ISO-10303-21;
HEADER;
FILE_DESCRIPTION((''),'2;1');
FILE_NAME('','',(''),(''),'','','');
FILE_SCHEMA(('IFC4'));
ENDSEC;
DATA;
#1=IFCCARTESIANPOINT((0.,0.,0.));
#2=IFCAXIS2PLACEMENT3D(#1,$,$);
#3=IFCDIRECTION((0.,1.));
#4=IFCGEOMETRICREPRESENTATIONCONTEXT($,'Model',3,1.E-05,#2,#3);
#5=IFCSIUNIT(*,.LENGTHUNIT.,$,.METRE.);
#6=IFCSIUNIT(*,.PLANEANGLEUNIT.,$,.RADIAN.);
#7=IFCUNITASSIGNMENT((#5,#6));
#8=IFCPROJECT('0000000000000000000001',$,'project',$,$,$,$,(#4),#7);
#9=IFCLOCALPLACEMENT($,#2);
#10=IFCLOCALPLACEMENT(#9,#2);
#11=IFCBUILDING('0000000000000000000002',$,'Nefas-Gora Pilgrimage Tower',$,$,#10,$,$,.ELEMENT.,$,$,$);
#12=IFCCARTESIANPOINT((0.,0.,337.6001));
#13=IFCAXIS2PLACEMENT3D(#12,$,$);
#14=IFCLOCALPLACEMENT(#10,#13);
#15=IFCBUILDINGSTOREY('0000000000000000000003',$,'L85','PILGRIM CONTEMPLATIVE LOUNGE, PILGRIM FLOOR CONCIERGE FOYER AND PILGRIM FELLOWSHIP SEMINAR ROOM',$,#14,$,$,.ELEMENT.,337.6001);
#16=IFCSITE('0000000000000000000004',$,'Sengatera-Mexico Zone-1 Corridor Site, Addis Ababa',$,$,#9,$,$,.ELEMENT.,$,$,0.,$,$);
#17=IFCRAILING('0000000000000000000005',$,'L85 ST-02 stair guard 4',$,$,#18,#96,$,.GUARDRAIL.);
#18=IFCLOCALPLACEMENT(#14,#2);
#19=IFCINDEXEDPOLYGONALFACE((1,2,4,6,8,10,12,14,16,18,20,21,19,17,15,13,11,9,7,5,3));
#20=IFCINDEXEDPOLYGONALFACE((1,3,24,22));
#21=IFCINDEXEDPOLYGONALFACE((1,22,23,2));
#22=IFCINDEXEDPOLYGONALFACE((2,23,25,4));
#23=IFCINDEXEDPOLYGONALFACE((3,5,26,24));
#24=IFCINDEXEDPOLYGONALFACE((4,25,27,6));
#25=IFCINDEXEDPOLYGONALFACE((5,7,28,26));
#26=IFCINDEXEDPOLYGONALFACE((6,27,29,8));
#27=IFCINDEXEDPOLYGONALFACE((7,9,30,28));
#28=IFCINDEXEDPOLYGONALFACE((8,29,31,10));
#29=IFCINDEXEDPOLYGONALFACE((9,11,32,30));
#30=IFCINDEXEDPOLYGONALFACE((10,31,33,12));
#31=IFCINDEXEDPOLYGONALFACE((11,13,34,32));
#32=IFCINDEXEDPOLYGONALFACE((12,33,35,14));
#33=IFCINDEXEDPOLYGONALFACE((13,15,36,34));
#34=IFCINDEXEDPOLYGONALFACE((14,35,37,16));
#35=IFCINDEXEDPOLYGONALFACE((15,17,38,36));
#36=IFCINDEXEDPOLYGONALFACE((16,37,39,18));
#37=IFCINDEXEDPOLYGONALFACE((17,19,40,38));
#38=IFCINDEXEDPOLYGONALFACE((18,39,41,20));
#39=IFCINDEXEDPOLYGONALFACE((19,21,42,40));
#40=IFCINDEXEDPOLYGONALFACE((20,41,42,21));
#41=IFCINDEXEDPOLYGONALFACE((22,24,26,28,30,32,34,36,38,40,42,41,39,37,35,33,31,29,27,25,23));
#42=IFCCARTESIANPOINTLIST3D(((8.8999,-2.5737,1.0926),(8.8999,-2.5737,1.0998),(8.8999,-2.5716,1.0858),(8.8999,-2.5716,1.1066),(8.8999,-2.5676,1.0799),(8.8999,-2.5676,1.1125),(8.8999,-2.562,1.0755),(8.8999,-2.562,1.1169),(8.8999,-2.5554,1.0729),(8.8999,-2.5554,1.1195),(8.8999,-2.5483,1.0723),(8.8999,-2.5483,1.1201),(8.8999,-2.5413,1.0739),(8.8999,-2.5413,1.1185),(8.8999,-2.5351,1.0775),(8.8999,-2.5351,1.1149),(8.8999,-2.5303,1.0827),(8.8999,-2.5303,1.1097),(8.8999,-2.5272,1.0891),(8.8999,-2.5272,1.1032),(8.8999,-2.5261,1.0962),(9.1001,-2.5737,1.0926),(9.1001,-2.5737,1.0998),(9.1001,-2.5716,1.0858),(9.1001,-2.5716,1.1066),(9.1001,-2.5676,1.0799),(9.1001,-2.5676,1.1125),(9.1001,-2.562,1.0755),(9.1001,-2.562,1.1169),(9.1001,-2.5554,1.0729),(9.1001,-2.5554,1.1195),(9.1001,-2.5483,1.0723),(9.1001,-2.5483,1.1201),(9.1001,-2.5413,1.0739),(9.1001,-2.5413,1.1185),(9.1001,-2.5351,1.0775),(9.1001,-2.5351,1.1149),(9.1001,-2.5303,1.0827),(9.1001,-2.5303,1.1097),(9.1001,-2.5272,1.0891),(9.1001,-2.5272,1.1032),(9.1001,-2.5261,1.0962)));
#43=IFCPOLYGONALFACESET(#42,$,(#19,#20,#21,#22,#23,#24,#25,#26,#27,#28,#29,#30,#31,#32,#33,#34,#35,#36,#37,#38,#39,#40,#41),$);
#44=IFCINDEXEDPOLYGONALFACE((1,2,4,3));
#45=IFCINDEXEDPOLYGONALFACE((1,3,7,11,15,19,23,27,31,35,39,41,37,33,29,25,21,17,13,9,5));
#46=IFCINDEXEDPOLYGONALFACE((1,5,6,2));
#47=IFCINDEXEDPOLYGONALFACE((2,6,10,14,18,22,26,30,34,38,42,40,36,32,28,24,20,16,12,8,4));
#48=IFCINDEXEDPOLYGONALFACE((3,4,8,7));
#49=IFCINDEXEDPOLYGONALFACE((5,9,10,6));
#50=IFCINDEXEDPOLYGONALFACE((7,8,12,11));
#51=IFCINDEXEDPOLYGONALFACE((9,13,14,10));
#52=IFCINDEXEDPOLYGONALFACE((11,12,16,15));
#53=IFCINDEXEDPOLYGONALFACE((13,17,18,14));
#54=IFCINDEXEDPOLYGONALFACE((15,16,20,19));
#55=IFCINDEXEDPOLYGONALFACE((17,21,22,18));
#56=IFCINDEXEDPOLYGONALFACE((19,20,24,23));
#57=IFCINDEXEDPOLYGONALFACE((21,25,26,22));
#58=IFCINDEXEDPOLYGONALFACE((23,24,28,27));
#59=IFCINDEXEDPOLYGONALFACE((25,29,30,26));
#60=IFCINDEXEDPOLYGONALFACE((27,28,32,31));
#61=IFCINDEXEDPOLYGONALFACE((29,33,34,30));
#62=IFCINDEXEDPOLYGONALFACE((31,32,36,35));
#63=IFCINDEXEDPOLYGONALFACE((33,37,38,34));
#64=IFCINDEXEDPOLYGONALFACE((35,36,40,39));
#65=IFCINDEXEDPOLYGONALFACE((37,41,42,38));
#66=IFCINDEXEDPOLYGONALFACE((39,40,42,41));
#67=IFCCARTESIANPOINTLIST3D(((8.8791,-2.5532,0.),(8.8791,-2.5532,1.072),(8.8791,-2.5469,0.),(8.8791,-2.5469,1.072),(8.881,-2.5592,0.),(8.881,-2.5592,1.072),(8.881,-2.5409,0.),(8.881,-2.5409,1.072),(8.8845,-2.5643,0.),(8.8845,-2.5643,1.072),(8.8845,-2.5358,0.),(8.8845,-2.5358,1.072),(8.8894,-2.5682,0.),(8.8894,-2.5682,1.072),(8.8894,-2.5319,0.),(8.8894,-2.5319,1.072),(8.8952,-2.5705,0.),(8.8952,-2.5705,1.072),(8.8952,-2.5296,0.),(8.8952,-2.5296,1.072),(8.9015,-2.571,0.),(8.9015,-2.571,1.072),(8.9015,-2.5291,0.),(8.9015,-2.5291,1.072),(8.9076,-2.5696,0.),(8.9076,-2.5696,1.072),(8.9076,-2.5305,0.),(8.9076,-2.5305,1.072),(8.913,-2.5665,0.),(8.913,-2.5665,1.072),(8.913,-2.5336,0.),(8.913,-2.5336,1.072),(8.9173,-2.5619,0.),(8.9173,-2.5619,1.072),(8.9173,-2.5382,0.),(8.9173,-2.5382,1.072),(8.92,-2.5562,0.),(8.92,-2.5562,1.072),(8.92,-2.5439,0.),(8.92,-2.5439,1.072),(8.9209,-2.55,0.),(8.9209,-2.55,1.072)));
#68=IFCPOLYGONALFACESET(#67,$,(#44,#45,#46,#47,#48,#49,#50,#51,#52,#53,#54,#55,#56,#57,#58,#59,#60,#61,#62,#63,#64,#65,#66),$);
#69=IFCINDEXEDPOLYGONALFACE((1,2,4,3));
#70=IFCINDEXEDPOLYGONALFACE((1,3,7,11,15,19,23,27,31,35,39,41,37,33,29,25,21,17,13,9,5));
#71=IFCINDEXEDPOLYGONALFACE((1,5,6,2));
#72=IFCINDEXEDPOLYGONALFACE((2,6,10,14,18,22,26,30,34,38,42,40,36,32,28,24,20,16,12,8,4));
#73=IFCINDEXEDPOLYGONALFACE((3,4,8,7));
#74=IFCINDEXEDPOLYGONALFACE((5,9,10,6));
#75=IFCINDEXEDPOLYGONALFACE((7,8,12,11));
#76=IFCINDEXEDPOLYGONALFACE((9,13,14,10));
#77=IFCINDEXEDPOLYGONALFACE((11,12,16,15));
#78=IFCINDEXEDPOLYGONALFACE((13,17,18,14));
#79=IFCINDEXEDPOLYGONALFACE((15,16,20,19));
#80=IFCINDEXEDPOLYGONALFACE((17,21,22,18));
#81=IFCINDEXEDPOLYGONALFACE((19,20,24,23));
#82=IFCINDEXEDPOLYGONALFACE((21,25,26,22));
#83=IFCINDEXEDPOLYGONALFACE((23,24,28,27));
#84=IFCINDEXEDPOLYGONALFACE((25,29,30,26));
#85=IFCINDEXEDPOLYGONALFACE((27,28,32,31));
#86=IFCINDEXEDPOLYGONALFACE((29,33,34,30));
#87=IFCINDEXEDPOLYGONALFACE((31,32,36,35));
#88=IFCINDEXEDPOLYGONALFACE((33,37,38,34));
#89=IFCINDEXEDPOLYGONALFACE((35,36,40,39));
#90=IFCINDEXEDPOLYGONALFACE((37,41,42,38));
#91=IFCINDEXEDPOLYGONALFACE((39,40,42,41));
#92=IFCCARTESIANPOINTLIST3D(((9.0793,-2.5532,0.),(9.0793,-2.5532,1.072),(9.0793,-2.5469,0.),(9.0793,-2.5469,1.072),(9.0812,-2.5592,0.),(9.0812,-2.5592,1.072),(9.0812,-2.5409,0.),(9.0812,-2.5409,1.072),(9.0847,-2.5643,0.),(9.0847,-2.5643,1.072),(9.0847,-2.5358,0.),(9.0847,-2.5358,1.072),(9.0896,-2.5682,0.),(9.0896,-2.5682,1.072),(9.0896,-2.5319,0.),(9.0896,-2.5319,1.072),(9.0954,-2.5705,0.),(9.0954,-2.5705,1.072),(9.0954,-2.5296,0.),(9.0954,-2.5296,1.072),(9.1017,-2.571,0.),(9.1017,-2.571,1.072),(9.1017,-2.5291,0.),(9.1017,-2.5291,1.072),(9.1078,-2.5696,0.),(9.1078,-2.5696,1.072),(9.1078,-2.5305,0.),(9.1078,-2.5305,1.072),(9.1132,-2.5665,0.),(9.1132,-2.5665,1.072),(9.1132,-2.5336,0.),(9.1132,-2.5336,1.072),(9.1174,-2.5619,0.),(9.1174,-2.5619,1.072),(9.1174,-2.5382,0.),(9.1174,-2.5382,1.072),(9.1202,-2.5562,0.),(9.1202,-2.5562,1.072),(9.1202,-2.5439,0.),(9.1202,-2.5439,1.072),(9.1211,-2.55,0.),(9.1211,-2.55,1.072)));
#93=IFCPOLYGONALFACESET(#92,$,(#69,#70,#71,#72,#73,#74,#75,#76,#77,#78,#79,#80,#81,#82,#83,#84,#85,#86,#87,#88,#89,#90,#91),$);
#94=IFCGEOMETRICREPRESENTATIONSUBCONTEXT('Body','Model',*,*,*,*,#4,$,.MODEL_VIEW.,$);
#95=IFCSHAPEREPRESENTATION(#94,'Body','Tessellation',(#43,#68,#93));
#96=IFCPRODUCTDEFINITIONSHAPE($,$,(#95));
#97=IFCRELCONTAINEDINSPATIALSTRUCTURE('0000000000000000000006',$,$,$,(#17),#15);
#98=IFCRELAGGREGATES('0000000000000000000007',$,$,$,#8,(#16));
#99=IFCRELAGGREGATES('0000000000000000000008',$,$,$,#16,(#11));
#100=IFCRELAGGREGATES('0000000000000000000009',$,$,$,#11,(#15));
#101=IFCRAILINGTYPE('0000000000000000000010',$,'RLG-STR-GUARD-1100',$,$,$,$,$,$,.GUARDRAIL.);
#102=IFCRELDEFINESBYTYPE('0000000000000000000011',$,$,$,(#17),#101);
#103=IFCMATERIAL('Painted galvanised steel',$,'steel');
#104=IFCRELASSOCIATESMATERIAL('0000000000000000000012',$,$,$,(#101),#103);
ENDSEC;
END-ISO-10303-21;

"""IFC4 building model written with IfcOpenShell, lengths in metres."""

from ifc_helpers import new_model, si_unit, direction, frame, origin, origin_2d, place, context, subcontext, project, spatial, circle, extrude, material, type_object, element, save


model = new_model("IFC4")

# Units and contexts
model_context = context("Model", 3, precision=1e-05, world=origin(), true_north=direction((0.0, 1.0)))
body_context = subcontext(model_context, "Body", "Model", "MODEL_VIEW")
ifc_project = project(units=[si_unit("LENGTHUNIT", "METRE"), si_unit("PLANEANGLEUNIT", "RADIAN")], contexts=[model_context])

# Site, building, storey
site_placement = place(None, origin())
site = spatial("IfcSite", under=ifc_project, at=site_placement, Name="Sengatera-Mexico Zone-1 Corridor Site, Addis Ababa", CompositionType="ELEMENT", RefElevation=0.0)
building_placement = place(site_placement, origin())
building = spatial("IfcBuilding", under=site, at=building_placement, Name="Nefas-Gora Pilgrimage Tower", CompositionType="ELEMENT")
storey_placement = place(building_placement, frame((0.0, 0.0, 337.6001)))
storey = spatial("IfcBuildingStorey", under=building, at=storey_placement, Name="L85", Description="PILGRIM CONTEMPLATIVE LOUNGE, PILGRIM FLOOR CONCIERGE FOYER AND PILGRIM FELLOWSHIP SEMINAR ROOM", CompositionType="ELEMENT", Elevation=337.6001)

# Railing
ifc_material_1 = material(Name="Painted galvanised steel", Category="steel")
railing_type_1 = type_object("IfcRailingType", Name="RLG-STR-GUARD-1100", PredefinedType="GUARDRAIL", material=ifc_material_1)
railing_1_placement = place(storey_placement, frame((8.8999, -2.55, 0.0)))
element("IfcRailing", 1, at=railing_1_placement, inside=storey, type_object=railing_type_1, Name="L85 ST-02 stair guard 4", PredefinedType="GUARDRAIL", context=body_context, shape_type="SweptSolid", body=[
    extrude(circle(Radius=0.0239, at=origin_2d()), frame((0.0, 0.0, 1.0962), z_axis=(1.0, 0.0, 0.0), x_axis=(0.0, 1.0, 0.0)), (0.0, 0.0, 1.0), 0.2002),
    extrude(circle(Radius=0.021, at=origin_2d()), origin(), (0.0, 0.0, 1.0), 1.072),
    extrude(circle(Radius=0.021, at=origin_2d()), frame((0.2002, 0.0, 0.0)), (0.0, 0.0, 1.0), 1.072),
])

save(model, "model.ifc")
